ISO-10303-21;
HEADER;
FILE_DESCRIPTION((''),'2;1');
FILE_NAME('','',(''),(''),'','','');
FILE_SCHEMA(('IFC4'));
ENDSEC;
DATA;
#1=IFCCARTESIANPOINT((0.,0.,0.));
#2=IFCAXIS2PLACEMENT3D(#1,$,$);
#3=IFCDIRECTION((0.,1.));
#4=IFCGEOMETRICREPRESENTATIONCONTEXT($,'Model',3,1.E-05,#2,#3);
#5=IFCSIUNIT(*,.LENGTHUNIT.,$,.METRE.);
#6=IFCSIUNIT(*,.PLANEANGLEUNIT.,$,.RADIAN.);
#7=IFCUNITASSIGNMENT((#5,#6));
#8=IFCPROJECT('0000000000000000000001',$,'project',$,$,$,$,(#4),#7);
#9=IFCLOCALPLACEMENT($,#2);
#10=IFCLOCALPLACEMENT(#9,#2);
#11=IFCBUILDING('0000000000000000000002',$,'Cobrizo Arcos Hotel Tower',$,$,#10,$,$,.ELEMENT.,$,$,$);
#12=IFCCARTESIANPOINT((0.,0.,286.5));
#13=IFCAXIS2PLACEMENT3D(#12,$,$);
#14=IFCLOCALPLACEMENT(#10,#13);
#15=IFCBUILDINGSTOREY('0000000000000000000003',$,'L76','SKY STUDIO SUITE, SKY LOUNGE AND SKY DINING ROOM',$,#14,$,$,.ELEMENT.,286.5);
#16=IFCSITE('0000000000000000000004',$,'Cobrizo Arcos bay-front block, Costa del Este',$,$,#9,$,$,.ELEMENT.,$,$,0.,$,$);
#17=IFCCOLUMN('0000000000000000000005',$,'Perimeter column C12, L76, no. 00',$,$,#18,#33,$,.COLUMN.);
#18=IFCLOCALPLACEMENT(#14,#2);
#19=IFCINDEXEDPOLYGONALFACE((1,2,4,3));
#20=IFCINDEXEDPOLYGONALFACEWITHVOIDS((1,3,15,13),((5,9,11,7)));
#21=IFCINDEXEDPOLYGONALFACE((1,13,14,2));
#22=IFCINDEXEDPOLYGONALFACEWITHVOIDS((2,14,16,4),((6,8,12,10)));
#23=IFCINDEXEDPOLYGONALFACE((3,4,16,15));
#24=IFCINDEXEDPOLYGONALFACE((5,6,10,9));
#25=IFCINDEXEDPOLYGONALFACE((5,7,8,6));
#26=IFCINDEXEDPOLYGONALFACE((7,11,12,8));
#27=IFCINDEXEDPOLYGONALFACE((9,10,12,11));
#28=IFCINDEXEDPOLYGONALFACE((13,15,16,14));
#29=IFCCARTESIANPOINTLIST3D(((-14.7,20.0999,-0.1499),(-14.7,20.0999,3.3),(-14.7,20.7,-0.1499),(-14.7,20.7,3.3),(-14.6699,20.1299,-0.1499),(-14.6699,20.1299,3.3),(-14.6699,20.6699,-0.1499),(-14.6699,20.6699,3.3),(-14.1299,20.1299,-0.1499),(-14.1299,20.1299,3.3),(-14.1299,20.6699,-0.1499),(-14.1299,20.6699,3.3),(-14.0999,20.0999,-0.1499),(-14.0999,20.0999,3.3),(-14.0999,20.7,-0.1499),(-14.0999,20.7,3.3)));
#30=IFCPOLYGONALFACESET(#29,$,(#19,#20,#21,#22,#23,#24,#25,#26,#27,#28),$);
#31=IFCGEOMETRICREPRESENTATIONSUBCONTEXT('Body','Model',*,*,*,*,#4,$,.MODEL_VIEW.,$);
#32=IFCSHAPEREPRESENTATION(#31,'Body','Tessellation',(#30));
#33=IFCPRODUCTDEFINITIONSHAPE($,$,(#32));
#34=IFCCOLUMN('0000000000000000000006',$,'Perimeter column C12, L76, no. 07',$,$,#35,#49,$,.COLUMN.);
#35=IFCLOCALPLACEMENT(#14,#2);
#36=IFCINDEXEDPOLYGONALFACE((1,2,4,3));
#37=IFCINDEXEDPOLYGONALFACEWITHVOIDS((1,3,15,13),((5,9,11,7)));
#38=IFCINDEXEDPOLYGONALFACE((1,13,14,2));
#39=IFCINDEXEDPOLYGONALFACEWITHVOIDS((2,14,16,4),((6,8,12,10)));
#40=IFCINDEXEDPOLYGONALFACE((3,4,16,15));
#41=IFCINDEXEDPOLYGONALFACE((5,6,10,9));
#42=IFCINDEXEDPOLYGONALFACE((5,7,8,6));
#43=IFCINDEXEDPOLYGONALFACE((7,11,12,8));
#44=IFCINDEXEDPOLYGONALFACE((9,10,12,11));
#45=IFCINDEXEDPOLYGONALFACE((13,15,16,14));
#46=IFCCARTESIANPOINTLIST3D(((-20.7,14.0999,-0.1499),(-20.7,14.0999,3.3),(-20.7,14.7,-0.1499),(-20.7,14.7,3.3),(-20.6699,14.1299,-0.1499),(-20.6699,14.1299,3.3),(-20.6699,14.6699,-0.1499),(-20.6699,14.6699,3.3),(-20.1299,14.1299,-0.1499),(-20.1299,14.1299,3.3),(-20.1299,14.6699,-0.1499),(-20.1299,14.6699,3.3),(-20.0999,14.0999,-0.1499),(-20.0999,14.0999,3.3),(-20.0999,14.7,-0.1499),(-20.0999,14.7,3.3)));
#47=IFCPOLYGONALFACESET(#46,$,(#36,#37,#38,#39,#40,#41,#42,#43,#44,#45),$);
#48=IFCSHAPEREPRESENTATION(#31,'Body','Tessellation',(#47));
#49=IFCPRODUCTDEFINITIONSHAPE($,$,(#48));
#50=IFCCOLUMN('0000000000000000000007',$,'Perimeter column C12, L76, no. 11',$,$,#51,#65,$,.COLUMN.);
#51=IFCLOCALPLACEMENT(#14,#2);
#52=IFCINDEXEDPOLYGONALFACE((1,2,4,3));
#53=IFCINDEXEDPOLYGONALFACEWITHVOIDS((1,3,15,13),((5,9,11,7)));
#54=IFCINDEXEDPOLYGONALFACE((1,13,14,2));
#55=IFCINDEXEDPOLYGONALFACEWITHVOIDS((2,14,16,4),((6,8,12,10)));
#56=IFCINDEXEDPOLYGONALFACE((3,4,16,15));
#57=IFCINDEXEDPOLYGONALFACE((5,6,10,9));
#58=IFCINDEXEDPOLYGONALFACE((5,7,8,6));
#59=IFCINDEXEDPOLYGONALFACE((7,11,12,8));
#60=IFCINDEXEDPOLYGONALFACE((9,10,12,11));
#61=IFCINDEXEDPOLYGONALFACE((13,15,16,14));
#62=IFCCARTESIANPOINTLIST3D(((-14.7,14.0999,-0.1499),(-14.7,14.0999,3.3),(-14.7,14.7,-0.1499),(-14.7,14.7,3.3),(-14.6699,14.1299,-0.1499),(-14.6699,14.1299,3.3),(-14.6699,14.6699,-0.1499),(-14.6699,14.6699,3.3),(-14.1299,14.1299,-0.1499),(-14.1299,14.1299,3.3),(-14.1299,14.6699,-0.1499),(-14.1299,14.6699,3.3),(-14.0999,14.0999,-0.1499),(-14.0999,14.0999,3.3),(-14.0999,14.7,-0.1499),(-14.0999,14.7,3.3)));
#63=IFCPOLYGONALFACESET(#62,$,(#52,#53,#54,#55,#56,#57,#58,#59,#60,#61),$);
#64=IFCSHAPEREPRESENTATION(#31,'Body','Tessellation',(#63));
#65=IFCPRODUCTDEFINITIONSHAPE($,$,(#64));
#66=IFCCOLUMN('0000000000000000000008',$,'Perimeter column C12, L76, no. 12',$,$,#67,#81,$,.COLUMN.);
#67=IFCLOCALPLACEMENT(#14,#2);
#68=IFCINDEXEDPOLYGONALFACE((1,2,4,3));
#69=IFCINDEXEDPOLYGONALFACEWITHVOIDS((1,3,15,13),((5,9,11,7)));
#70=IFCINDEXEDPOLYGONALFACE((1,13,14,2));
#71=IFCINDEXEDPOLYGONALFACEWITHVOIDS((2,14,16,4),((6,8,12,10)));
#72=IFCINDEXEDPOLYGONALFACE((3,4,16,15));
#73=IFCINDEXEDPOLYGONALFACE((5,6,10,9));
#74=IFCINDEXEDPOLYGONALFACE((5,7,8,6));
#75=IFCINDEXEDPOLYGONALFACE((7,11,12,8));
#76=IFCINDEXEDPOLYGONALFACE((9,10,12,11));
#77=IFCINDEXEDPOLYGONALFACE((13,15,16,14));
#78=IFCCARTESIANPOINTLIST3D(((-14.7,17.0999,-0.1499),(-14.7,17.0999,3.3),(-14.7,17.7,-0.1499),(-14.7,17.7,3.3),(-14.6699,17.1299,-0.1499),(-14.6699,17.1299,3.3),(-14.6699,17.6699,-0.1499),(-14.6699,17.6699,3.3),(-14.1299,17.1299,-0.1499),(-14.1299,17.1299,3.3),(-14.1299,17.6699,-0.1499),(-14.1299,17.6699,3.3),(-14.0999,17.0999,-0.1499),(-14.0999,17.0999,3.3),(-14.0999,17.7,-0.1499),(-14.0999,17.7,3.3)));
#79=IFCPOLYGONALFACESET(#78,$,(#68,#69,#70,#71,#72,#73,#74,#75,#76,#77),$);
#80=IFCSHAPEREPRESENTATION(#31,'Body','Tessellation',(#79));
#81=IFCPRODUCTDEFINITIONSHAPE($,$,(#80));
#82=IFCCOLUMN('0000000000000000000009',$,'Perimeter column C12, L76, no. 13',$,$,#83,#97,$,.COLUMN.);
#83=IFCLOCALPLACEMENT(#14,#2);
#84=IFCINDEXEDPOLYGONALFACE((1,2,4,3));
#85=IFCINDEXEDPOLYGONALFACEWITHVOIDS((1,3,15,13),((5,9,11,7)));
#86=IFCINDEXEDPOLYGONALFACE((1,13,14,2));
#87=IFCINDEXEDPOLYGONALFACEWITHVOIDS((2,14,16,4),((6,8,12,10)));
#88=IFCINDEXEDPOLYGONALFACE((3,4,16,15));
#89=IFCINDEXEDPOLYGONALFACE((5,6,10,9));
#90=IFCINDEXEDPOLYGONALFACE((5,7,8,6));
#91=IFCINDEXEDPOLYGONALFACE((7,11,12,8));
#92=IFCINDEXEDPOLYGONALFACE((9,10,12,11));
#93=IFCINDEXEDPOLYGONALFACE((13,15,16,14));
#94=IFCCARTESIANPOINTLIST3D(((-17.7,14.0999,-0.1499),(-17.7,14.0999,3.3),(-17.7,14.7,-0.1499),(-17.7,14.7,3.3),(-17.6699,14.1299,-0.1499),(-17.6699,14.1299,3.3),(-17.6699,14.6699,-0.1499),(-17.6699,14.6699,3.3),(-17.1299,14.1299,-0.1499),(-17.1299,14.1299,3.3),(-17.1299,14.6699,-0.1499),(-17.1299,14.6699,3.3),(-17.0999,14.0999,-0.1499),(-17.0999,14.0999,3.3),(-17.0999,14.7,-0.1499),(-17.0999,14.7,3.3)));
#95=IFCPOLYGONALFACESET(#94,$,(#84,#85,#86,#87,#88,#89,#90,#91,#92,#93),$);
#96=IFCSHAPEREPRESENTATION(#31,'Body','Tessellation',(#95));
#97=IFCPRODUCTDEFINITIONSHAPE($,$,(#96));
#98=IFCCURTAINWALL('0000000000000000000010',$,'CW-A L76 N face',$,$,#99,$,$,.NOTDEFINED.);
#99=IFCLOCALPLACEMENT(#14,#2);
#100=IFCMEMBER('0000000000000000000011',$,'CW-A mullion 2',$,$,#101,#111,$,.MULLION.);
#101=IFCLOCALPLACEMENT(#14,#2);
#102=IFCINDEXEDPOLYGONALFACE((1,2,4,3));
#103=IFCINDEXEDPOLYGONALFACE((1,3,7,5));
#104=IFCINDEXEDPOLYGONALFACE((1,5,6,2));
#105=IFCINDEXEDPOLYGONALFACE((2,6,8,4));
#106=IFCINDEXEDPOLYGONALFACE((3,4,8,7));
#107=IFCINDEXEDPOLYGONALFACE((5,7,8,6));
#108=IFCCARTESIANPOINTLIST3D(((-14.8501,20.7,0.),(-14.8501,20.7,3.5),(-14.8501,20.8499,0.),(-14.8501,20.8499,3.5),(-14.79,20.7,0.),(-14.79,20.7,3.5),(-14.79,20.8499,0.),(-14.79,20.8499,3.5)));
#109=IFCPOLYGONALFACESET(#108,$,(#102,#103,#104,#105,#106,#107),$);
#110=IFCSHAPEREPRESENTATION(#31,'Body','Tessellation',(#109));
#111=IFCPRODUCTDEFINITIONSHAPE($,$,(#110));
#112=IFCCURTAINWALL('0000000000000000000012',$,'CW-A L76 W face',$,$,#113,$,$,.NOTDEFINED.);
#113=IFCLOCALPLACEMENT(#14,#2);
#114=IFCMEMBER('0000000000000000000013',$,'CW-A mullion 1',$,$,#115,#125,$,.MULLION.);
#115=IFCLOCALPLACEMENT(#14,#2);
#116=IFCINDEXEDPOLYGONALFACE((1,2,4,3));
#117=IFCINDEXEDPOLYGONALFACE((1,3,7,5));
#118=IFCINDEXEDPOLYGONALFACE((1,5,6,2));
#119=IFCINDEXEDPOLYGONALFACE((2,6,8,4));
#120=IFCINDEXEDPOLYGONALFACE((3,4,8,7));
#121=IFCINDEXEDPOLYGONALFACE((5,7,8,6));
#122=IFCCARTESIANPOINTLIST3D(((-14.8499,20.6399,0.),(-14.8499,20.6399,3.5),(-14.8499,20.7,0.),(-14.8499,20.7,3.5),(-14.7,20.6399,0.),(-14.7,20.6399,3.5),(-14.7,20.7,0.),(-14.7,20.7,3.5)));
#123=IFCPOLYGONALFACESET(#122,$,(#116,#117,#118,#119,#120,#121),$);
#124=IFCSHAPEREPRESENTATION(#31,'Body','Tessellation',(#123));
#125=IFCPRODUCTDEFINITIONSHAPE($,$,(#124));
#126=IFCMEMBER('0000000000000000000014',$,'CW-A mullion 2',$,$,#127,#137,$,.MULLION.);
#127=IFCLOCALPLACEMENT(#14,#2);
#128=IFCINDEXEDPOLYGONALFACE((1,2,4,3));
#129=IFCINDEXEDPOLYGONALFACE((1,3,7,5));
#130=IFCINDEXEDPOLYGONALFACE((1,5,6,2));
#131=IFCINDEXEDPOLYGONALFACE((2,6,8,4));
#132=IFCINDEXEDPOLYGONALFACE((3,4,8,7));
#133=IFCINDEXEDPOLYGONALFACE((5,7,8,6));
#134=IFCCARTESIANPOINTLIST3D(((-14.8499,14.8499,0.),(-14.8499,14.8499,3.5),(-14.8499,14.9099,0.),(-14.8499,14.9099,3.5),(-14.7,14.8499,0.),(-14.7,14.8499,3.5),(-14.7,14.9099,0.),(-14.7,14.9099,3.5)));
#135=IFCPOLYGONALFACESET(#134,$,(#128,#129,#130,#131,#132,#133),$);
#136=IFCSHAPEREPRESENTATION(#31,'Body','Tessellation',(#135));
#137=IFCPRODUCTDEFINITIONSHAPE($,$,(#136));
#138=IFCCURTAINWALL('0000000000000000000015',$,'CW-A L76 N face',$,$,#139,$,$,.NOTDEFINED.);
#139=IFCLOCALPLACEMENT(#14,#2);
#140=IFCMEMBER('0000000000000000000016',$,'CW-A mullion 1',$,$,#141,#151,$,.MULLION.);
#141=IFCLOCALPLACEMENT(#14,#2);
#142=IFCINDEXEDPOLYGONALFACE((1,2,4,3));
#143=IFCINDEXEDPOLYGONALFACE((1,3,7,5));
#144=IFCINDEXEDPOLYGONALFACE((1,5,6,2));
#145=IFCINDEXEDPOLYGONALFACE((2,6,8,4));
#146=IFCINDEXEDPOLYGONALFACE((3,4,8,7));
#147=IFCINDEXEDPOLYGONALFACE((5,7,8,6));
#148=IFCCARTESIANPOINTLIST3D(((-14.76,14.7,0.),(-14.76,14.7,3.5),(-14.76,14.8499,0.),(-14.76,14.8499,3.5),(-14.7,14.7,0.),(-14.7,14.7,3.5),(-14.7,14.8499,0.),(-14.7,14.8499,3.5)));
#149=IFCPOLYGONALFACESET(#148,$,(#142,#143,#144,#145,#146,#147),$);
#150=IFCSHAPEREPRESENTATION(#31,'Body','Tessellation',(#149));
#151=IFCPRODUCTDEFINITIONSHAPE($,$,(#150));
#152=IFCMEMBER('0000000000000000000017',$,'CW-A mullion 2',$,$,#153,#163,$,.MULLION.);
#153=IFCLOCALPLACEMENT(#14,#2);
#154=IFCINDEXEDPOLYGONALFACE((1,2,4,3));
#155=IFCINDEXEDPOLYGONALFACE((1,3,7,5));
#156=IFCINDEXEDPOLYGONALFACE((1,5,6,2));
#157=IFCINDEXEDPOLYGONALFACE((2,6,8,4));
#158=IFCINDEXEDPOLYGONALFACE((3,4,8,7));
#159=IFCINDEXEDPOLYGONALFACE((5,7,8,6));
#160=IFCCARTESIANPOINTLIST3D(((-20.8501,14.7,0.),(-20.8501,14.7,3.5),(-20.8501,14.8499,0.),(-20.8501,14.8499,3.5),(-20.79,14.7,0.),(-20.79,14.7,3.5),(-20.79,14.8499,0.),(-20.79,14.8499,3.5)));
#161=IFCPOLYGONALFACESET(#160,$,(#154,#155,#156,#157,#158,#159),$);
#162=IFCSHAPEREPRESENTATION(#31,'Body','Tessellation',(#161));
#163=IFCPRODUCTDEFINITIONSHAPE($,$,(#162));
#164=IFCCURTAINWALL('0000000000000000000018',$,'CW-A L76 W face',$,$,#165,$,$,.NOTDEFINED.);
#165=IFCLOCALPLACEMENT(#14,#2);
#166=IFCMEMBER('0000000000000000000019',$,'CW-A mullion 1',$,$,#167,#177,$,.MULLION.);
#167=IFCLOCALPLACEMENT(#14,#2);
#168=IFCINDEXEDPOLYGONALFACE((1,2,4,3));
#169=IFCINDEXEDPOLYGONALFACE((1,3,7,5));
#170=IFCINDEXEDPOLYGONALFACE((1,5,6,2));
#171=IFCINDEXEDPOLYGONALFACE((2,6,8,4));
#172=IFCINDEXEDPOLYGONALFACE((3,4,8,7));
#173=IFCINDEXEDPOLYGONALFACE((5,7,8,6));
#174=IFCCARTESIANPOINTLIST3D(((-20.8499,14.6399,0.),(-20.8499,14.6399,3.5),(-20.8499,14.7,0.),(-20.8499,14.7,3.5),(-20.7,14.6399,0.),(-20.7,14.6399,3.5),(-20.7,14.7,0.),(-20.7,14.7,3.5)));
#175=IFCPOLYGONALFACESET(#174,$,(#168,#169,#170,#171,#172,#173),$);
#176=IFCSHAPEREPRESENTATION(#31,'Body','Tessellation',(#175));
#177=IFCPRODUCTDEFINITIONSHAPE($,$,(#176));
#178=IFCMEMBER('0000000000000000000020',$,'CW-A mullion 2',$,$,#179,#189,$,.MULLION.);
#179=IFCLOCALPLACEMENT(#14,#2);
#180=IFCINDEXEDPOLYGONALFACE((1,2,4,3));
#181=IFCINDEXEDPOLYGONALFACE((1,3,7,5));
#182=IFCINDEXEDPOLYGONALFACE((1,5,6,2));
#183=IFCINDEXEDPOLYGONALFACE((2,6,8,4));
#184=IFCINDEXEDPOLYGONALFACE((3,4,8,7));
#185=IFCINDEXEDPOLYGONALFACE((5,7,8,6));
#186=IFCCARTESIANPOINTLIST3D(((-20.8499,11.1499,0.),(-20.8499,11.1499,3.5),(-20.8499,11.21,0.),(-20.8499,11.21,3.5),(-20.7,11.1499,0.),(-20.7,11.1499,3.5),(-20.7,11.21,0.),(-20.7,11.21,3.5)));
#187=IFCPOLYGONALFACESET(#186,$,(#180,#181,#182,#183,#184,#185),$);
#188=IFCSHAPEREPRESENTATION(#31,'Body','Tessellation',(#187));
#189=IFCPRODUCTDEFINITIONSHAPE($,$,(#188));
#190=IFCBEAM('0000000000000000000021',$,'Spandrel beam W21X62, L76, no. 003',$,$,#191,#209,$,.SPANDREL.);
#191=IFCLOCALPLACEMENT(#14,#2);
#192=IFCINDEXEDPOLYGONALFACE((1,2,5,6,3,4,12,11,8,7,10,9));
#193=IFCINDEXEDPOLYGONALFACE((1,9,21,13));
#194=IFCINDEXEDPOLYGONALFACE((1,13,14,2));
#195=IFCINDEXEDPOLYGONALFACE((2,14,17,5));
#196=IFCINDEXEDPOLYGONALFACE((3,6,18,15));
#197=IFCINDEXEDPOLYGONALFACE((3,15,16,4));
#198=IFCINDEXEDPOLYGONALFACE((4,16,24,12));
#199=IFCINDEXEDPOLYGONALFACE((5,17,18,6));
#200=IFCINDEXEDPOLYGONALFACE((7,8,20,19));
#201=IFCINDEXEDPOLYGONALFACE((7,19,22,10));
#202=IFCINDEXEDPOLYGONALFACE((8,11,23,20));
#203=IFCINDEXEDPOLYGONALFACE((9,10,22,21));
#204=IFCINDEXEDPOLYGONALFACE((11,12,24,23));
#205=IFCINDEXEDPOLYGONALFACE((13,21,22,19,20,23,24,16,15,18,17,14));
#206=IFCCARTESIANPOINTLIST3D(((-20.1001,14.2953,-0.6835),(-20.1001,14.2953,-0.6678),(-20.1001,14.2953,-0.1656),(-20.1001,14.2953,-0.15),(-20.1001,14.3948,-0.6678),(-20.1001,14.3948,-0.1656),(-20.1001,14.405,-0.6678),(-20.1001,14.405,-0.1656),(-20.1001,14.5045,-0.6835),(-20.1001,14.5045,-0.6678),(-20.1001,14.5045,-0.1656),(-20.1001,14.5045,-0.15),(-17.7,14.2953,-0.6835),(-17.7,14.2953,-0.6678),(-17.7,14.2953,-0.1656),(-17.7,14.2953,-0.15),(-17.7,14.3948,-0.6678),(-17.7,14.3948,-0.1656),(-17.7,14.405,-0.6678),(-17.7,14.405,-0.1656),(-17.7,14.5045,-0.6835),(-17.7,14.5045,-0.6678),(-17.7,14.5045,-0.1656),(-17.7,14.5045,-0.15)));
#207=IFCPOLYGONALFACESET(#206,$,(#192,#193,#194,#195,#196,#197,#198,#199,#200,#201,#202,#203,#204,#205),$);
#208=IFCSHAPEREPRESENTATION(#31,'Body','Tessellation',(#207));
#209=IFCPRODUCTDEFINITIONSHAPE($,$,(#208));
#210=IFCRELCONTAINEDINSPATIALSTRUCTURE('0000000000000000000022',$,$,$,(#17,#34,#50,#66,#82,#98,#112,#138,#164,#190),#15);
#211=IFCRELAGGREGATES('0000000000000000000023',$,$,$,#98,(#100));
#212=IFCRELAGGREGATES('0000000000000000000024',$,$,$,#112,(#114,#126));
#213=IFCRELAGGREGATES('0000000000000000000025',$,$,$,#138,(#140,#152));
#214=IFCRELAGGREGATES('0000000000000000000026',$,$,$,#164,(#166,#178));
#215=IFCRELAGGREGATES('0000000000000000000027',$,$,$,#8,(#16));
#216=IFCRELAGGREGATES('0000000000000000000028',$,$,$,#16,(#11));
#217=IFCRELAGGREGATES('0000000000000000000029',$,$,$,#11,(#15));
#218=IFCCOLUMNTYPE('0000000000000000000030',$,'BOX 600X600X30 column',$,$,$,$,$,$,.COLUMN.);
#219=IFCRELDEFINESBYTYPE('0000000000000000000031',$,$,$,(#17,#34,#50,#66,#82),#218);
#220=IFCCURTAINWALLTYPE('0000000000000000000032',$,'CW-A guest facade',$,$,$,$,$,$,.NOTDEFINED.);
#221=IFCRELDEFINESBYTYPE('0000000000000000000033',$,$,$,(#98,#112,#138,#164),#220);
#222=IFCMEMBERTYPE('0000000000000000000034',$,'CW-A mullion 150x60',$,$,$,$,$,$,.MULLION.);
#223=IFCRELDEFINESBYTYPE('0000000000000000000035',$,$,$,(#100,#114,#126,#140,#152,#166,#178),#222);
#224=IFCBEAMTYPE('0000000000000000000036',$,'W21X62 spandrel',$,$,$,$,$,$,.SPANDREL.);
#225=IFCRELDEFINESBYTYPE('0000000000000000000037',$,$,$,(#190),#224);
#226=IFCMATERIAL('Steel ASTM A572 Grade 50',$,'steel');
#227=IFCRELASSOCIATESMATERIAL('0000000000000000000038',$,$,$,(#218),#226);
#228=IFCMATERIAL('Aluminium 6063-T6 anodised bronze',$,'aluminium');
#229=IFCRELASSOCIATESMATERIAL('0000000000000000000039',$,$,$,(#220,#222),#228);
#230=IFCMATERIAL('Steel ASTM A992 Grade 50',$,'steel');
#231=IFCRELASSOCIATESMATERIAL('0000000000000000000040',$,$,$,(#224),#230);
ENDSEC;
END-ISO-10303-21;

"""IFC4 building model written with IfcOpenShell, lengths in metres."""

from ifc_helpers import new_model, si_unit, direction, frame, origin, origin_2d, place, context, subcontext, project, spatial, rectangle, hollow_rectangle, i_section, extrude, material, material_profile, profile_set, type_object, element, aggregate, save


model = new_model("IFC4")

# Units and contexts
model_context = context("Model", 3, precision=1e-05, world=origin(), true_north=direction((0.0, 1.0)))
body_context = subcontext(model_context, "Body", "Model", "MODEL_VIEW")
ifc_project = project(units=[si_unit("LENGTHUNIT", "METRE"), si_unit("PLANEANGLEUNIT", "RADIAN")], contexts=[model_context])

# Site, building, storey
site_placement = place(None, origin())
site = spatial("IfcSite", under=ifc_project, at=site_placement, Name="Cobrizo Arcos bay-front block, Costa del Este", CompositionType="ELEMENT", RefElevation=0.0)
building_placement = place(site_placement, origin())
building = spatial("IfcBuilding", under=site, at=building_placement, Name="Cobrizo Arcos Hotel Tower", CompositionType="ELEMENT")
storey_placement = place(building_placement, frame((0.0, 0.0, 286.5)))
storey = spatial("IfcBuildingStorey", under=building, at=storey_placement, Name="L76", Description="SKY STUDIO SUITE, SKY LOUNGE AND SKY DINING ROOM", CompositionType="ELEMENT", Elevation=286.5)

# Columns
ifc_material_1 = material(Name="Steel ASTM A572 Grade 50", Category="steel")
ifc_material_profile_1 = material_profile(ifc_material_1, hollow_rectangle(XDim=0.6001, YDim=0.6001, WallThickness=0.03, at=origin_2d()), Name="BOX 600X600X30")
ifc_profile_set_1 = profile_set([ifc_material_profile_1], Name="Steel ASTM A572 Grade 50")
column_type = type_object("IfcColumnType", Name="BOX 600X600X30 column", PredefinedType="COLUMN", material=ifc_profile_set_1)
for number, where, z_axis, x_axis, name in (
    (1, (-14.3999, 20.3999, -0.1499), (0.0, 0.0, 1.0), (1.0, 0.0, 0.0), "Perimeter column C12, L76, no. 00"),
    (2, (-20.3999, 14.3999, -0.1499), (0.0, 0.0, 1.0), (1.0, 0.0, 0.0), "Perimeter column C12, L76, no. 07"),
    (3, (-14.3999, 14.3999, -0.1499), (0.0, 0.0, 1.0), (1.0, 0.0, 0.0), "Perimeter column C12, L76, no. 11"),
    (4, (-14.3999, 17.3999, -0.1499), (0.0, 0.0, 1.0), (1.0, 0.0, 0.0), "Perimeter column C12, L76, no. 12"),
    (5, (-17.3999, 14.3999, -0.1499), (0.0, 0.0, 1.0), (1.0, 0.0, 0.0), "Perimeter column C12, L76, no. 13"),
):
    element("IfcColumn", number, at=place(storey_placement, frame(where, z_axis=z_axis, x_axis=x_axis)), inside=storey, type_object=column_type, Name=name, PredefinedType="COLUMN", context=body_context, shape_type="SweptSolid", body=[
        extrude(hollow_rectangle(XDim=0.6001, YDim=0.6001, WallThickness=0.03, at=origin_2d()), origin(), (0.0, 0.0, 1.0), 3.45),
    ])

# Curtain wall, member
ifc_material_2 = material(Name="Aluminium 6063-T6 anodised bronze", Category="aluminium")
curtain_wall_type = type_object("IfcCurtainWallType", Name="CW-A guest facade", PredefinedType="NOTDEFINED", material=ifc_material_2)
curtain_wall_1_placement = place(storey_placement, origin())
curtain_wall_1 = element("IfcCurtainWall", 6, at=curtain_wall_1_placement, inside=storey, type_object=curtain_wall_type, Name="CW-A L76 N face", PredefinedType="NOTDEFINED")
ifc_material_profile_2 = material_profile(ifc_material_2, rectangle(XDim=0.1499, YDim=0.0601, at=origin_2d()), Name="CW-A mullion 150x60")
ifc_profile_set_2 = profile_set([ifc_material_profile_2], Name="Aluminium 6063-T6 anodised bronze")
member_type = type_object("IfcMemberType", Name="CW-A mullion 150x60", PredefinedType="MULLION", material=ifc_profile_set_2)
member_1_placement = place(storey_placement, frame((-14.8201, 20.7749, 0.0), z_axis=(0.0, 0.0, 1.0), x_axis=(0.0, 1.0, 0.0)))
member_1 = element("IfcMember", 7, at=member_1_placement, type_object=member_type, Name="CW-A mullion 2", PredefinedType="MULLION", context=body_context, shape_type="SweptSolid", body=[
    extrude(rectangle(XDim=0.1499, YDim=0.0601, at=origin_2d()), origin(), (0.0, 0.0, 1.0), 3.5),
])

# Curtain walls, members
curtain_wall_2_placement = place(storey_placement, origin())
curtain_wall_2 = element("IfcCurtainWall", 8, at=curtain_wall_2_placement, inside=storey, type_object=curtain_wall_type, Name="CW-A L76 W face", PredefinedType="NOTDEFINED")
member_2_placement = place(storey_placement, frame((-14.7749, 20.6699, 0.0), z_axis=(0.0, 0.0, 1.0), x_axis=(-1.0, 0.0, 0.0)))
member_2 = element("IfcMember", 9, at=member_2_placement, type_object=member_type, Name="CW-A mullion 1", PredefinedType="MULLION", context=body_context, shape_type="SweptSolid", body=[
    extrude(rectangle(XDim=0.1499, YDim=0.0601, at=origin_2d()), origin(), (0.0, 0.0, 1.0), 3.5),
])
member_3_placement = place(storey_placement, frame((-14.7749, 14.8799, 0.0), z_axis=(0.0, 0.0, 1.0), x_axis=(-1.0, 0.0, 0.0)))
member_3 = element("IfcMember", 10, at=member_3_placement, type_object=member_type, Name="CW-A mullion 2", PredefinedType="MULLION", context=body_context, shape_type="SweptSolid", body=[
    extrude(rectangle(XDim=0.1499, YDim=0.0601, at=origin_2d()), origin(), (0.0, 0.0, 1.0), 3.5),
])
curtain_wall_3_placement = place(storey_placement, origin())
curtain_wall_3 = element("IfcCurtainWall", 11, at=curtain_wall_3_placement, inside=storey, type_object=curtain_wall_type, Name="CW-A L76 N face", PredefinedType="NOTDEFINED")
member_4_placement = place(storey_placement, frame((-14.73, 14.7749, 0.0), z_axis=(0.0, 0.0, 1.0), x_axis=(0.0, 1.0, 0.0)))
member_4 = element("IfcMember", 12, at=member_4_placement, type_object=member_type, Name="CW-A mullion 1", PredefinedType="MULLION", context=body_context, shape_type="SweptSolid", body=[
    extrude(rectangle(XDim=0.1499, YDim=0.0601, at=origin_2d()), origin(), (0.0, 0.0, 1.0), 3.5),
])
member_5_placement = place(storey_placement, frame((-20.8201, 14.7749, 0.0), z_axis=(0.0, 0.0, 1.0), x_axis=(0.0, 1.0, 0.0)))
member_5 = element("IfcMember", 13, at=member_5_placement, type_object=member_type, Name="CW-A mullion 2", PredefinedType="MULLION", context=body_context, shape_type="SweptSolid", body=[
    extrude(rectangle(XDim=0.1499, YDim=0.0601, at=origin_2d()), origin(), (0.0, 0.0, 1.0), 3.5),
])
curtain_wall_4_placement = place(storey_placement, origin())
curtain_wall_4 = element("IfcCurtainWall", 14, at=curtain_wall_4_placement, inside=storey, type_object=curtain_wall_type, Name="CW-A L76 W face", PredefinedType="NOTDEFINED")
member_6_placement = place(storey_placement, frame((-20.7749, 14.6699, 0.0), z_axis=(0.0, 0.0, 1.0), x_axis=(-1.0, 0.0, 0.0)))
member_6 = element("IfcMember", 15, at=member_6_placement, type_object=member_type, Name="CW-A mullion 1", PredefinedType="MULLION", context=body_context, shape_type="SweptSolid", body=[
    extrude(rectangle(XDim=0.1499, YDim=0.0601, at=origin_2d()), origin(), (0.0, 0.0, 1.0), 3.5),
])
member_7_placement = place(storey_placement, frame((-20.7749, 11.1799, 0.0), z_axis=(0.0, 0.0, 1.0), x_axis=(-1.0, 0.0, 0.0)))
member_7 = element("IfcMember", 16, at=member_7_placement, type_object=member_type, Name="CW-A mullion 2", PredefinedType="MULLION", context=body_context, shape_type="SweptSolid", body=[
    extrude(rectangle(XDim=0.1499, YDim=0.0601, at=origin_2d()), origin(), (0.0, 0.0, 1.0), 3.5),
])

# Beam
ifc_material_3 = material(Name="Steel ASTM A992 Grade 50", Category="steel")
ifc_material_profile_3 = material_profile(ifc_material_3, i_section(OverallWidth=0.2092, OverallDepth=0.5334, WebThickness=0.0103, FlangeThickness=0.0156, at=origin_2d()), Name="W21X62")
ifc_profile_set_3 = profile_set([ifc_material_profile_3], Name="Steel ASTM A992 Grade 50")
beam_type = type_object("IfcBeamType", Name="W21X62 spandrel", PredefinedType="SPANDREL", material=ifc_profile_set_3)
for number, where, z_axis, x_axis, name in (
    (17, (-20.1001, 14.3999, -0.4167), (1.0, 0.0, 0.0), (0.0, 1.0, 0.0), "Spandrel beam W21X62, L76, no. 003"),
):
    element("IfcBeam", number, at=place(storey_placement, frame(where, z_axis=z_axis, x_axis=x_axis)), inside=storey, type_object=beam_type, Name=name, PredefinedType="SPANDREL", context=body_context, shape_type="SweptSolid", body=[
        extrude(i_section(OverallWidth=0.2092, OverallDepth=0.5334, WebThickness=0.0103, FlangeThickness=0.0156, at=origin_2d()), origin(), (0.0, 0.0, 1.0), 2.4001),
    ])

aggregate(curtain_wall_1, [member_1])
aggregate(curtain_wall_2, [member_2, member_3])
aggregate(curtain_wall_3, [member_4, member_5])
aggregate(curtain_wall_4, [member_6, member_7])

save(model, "model.ifc")
